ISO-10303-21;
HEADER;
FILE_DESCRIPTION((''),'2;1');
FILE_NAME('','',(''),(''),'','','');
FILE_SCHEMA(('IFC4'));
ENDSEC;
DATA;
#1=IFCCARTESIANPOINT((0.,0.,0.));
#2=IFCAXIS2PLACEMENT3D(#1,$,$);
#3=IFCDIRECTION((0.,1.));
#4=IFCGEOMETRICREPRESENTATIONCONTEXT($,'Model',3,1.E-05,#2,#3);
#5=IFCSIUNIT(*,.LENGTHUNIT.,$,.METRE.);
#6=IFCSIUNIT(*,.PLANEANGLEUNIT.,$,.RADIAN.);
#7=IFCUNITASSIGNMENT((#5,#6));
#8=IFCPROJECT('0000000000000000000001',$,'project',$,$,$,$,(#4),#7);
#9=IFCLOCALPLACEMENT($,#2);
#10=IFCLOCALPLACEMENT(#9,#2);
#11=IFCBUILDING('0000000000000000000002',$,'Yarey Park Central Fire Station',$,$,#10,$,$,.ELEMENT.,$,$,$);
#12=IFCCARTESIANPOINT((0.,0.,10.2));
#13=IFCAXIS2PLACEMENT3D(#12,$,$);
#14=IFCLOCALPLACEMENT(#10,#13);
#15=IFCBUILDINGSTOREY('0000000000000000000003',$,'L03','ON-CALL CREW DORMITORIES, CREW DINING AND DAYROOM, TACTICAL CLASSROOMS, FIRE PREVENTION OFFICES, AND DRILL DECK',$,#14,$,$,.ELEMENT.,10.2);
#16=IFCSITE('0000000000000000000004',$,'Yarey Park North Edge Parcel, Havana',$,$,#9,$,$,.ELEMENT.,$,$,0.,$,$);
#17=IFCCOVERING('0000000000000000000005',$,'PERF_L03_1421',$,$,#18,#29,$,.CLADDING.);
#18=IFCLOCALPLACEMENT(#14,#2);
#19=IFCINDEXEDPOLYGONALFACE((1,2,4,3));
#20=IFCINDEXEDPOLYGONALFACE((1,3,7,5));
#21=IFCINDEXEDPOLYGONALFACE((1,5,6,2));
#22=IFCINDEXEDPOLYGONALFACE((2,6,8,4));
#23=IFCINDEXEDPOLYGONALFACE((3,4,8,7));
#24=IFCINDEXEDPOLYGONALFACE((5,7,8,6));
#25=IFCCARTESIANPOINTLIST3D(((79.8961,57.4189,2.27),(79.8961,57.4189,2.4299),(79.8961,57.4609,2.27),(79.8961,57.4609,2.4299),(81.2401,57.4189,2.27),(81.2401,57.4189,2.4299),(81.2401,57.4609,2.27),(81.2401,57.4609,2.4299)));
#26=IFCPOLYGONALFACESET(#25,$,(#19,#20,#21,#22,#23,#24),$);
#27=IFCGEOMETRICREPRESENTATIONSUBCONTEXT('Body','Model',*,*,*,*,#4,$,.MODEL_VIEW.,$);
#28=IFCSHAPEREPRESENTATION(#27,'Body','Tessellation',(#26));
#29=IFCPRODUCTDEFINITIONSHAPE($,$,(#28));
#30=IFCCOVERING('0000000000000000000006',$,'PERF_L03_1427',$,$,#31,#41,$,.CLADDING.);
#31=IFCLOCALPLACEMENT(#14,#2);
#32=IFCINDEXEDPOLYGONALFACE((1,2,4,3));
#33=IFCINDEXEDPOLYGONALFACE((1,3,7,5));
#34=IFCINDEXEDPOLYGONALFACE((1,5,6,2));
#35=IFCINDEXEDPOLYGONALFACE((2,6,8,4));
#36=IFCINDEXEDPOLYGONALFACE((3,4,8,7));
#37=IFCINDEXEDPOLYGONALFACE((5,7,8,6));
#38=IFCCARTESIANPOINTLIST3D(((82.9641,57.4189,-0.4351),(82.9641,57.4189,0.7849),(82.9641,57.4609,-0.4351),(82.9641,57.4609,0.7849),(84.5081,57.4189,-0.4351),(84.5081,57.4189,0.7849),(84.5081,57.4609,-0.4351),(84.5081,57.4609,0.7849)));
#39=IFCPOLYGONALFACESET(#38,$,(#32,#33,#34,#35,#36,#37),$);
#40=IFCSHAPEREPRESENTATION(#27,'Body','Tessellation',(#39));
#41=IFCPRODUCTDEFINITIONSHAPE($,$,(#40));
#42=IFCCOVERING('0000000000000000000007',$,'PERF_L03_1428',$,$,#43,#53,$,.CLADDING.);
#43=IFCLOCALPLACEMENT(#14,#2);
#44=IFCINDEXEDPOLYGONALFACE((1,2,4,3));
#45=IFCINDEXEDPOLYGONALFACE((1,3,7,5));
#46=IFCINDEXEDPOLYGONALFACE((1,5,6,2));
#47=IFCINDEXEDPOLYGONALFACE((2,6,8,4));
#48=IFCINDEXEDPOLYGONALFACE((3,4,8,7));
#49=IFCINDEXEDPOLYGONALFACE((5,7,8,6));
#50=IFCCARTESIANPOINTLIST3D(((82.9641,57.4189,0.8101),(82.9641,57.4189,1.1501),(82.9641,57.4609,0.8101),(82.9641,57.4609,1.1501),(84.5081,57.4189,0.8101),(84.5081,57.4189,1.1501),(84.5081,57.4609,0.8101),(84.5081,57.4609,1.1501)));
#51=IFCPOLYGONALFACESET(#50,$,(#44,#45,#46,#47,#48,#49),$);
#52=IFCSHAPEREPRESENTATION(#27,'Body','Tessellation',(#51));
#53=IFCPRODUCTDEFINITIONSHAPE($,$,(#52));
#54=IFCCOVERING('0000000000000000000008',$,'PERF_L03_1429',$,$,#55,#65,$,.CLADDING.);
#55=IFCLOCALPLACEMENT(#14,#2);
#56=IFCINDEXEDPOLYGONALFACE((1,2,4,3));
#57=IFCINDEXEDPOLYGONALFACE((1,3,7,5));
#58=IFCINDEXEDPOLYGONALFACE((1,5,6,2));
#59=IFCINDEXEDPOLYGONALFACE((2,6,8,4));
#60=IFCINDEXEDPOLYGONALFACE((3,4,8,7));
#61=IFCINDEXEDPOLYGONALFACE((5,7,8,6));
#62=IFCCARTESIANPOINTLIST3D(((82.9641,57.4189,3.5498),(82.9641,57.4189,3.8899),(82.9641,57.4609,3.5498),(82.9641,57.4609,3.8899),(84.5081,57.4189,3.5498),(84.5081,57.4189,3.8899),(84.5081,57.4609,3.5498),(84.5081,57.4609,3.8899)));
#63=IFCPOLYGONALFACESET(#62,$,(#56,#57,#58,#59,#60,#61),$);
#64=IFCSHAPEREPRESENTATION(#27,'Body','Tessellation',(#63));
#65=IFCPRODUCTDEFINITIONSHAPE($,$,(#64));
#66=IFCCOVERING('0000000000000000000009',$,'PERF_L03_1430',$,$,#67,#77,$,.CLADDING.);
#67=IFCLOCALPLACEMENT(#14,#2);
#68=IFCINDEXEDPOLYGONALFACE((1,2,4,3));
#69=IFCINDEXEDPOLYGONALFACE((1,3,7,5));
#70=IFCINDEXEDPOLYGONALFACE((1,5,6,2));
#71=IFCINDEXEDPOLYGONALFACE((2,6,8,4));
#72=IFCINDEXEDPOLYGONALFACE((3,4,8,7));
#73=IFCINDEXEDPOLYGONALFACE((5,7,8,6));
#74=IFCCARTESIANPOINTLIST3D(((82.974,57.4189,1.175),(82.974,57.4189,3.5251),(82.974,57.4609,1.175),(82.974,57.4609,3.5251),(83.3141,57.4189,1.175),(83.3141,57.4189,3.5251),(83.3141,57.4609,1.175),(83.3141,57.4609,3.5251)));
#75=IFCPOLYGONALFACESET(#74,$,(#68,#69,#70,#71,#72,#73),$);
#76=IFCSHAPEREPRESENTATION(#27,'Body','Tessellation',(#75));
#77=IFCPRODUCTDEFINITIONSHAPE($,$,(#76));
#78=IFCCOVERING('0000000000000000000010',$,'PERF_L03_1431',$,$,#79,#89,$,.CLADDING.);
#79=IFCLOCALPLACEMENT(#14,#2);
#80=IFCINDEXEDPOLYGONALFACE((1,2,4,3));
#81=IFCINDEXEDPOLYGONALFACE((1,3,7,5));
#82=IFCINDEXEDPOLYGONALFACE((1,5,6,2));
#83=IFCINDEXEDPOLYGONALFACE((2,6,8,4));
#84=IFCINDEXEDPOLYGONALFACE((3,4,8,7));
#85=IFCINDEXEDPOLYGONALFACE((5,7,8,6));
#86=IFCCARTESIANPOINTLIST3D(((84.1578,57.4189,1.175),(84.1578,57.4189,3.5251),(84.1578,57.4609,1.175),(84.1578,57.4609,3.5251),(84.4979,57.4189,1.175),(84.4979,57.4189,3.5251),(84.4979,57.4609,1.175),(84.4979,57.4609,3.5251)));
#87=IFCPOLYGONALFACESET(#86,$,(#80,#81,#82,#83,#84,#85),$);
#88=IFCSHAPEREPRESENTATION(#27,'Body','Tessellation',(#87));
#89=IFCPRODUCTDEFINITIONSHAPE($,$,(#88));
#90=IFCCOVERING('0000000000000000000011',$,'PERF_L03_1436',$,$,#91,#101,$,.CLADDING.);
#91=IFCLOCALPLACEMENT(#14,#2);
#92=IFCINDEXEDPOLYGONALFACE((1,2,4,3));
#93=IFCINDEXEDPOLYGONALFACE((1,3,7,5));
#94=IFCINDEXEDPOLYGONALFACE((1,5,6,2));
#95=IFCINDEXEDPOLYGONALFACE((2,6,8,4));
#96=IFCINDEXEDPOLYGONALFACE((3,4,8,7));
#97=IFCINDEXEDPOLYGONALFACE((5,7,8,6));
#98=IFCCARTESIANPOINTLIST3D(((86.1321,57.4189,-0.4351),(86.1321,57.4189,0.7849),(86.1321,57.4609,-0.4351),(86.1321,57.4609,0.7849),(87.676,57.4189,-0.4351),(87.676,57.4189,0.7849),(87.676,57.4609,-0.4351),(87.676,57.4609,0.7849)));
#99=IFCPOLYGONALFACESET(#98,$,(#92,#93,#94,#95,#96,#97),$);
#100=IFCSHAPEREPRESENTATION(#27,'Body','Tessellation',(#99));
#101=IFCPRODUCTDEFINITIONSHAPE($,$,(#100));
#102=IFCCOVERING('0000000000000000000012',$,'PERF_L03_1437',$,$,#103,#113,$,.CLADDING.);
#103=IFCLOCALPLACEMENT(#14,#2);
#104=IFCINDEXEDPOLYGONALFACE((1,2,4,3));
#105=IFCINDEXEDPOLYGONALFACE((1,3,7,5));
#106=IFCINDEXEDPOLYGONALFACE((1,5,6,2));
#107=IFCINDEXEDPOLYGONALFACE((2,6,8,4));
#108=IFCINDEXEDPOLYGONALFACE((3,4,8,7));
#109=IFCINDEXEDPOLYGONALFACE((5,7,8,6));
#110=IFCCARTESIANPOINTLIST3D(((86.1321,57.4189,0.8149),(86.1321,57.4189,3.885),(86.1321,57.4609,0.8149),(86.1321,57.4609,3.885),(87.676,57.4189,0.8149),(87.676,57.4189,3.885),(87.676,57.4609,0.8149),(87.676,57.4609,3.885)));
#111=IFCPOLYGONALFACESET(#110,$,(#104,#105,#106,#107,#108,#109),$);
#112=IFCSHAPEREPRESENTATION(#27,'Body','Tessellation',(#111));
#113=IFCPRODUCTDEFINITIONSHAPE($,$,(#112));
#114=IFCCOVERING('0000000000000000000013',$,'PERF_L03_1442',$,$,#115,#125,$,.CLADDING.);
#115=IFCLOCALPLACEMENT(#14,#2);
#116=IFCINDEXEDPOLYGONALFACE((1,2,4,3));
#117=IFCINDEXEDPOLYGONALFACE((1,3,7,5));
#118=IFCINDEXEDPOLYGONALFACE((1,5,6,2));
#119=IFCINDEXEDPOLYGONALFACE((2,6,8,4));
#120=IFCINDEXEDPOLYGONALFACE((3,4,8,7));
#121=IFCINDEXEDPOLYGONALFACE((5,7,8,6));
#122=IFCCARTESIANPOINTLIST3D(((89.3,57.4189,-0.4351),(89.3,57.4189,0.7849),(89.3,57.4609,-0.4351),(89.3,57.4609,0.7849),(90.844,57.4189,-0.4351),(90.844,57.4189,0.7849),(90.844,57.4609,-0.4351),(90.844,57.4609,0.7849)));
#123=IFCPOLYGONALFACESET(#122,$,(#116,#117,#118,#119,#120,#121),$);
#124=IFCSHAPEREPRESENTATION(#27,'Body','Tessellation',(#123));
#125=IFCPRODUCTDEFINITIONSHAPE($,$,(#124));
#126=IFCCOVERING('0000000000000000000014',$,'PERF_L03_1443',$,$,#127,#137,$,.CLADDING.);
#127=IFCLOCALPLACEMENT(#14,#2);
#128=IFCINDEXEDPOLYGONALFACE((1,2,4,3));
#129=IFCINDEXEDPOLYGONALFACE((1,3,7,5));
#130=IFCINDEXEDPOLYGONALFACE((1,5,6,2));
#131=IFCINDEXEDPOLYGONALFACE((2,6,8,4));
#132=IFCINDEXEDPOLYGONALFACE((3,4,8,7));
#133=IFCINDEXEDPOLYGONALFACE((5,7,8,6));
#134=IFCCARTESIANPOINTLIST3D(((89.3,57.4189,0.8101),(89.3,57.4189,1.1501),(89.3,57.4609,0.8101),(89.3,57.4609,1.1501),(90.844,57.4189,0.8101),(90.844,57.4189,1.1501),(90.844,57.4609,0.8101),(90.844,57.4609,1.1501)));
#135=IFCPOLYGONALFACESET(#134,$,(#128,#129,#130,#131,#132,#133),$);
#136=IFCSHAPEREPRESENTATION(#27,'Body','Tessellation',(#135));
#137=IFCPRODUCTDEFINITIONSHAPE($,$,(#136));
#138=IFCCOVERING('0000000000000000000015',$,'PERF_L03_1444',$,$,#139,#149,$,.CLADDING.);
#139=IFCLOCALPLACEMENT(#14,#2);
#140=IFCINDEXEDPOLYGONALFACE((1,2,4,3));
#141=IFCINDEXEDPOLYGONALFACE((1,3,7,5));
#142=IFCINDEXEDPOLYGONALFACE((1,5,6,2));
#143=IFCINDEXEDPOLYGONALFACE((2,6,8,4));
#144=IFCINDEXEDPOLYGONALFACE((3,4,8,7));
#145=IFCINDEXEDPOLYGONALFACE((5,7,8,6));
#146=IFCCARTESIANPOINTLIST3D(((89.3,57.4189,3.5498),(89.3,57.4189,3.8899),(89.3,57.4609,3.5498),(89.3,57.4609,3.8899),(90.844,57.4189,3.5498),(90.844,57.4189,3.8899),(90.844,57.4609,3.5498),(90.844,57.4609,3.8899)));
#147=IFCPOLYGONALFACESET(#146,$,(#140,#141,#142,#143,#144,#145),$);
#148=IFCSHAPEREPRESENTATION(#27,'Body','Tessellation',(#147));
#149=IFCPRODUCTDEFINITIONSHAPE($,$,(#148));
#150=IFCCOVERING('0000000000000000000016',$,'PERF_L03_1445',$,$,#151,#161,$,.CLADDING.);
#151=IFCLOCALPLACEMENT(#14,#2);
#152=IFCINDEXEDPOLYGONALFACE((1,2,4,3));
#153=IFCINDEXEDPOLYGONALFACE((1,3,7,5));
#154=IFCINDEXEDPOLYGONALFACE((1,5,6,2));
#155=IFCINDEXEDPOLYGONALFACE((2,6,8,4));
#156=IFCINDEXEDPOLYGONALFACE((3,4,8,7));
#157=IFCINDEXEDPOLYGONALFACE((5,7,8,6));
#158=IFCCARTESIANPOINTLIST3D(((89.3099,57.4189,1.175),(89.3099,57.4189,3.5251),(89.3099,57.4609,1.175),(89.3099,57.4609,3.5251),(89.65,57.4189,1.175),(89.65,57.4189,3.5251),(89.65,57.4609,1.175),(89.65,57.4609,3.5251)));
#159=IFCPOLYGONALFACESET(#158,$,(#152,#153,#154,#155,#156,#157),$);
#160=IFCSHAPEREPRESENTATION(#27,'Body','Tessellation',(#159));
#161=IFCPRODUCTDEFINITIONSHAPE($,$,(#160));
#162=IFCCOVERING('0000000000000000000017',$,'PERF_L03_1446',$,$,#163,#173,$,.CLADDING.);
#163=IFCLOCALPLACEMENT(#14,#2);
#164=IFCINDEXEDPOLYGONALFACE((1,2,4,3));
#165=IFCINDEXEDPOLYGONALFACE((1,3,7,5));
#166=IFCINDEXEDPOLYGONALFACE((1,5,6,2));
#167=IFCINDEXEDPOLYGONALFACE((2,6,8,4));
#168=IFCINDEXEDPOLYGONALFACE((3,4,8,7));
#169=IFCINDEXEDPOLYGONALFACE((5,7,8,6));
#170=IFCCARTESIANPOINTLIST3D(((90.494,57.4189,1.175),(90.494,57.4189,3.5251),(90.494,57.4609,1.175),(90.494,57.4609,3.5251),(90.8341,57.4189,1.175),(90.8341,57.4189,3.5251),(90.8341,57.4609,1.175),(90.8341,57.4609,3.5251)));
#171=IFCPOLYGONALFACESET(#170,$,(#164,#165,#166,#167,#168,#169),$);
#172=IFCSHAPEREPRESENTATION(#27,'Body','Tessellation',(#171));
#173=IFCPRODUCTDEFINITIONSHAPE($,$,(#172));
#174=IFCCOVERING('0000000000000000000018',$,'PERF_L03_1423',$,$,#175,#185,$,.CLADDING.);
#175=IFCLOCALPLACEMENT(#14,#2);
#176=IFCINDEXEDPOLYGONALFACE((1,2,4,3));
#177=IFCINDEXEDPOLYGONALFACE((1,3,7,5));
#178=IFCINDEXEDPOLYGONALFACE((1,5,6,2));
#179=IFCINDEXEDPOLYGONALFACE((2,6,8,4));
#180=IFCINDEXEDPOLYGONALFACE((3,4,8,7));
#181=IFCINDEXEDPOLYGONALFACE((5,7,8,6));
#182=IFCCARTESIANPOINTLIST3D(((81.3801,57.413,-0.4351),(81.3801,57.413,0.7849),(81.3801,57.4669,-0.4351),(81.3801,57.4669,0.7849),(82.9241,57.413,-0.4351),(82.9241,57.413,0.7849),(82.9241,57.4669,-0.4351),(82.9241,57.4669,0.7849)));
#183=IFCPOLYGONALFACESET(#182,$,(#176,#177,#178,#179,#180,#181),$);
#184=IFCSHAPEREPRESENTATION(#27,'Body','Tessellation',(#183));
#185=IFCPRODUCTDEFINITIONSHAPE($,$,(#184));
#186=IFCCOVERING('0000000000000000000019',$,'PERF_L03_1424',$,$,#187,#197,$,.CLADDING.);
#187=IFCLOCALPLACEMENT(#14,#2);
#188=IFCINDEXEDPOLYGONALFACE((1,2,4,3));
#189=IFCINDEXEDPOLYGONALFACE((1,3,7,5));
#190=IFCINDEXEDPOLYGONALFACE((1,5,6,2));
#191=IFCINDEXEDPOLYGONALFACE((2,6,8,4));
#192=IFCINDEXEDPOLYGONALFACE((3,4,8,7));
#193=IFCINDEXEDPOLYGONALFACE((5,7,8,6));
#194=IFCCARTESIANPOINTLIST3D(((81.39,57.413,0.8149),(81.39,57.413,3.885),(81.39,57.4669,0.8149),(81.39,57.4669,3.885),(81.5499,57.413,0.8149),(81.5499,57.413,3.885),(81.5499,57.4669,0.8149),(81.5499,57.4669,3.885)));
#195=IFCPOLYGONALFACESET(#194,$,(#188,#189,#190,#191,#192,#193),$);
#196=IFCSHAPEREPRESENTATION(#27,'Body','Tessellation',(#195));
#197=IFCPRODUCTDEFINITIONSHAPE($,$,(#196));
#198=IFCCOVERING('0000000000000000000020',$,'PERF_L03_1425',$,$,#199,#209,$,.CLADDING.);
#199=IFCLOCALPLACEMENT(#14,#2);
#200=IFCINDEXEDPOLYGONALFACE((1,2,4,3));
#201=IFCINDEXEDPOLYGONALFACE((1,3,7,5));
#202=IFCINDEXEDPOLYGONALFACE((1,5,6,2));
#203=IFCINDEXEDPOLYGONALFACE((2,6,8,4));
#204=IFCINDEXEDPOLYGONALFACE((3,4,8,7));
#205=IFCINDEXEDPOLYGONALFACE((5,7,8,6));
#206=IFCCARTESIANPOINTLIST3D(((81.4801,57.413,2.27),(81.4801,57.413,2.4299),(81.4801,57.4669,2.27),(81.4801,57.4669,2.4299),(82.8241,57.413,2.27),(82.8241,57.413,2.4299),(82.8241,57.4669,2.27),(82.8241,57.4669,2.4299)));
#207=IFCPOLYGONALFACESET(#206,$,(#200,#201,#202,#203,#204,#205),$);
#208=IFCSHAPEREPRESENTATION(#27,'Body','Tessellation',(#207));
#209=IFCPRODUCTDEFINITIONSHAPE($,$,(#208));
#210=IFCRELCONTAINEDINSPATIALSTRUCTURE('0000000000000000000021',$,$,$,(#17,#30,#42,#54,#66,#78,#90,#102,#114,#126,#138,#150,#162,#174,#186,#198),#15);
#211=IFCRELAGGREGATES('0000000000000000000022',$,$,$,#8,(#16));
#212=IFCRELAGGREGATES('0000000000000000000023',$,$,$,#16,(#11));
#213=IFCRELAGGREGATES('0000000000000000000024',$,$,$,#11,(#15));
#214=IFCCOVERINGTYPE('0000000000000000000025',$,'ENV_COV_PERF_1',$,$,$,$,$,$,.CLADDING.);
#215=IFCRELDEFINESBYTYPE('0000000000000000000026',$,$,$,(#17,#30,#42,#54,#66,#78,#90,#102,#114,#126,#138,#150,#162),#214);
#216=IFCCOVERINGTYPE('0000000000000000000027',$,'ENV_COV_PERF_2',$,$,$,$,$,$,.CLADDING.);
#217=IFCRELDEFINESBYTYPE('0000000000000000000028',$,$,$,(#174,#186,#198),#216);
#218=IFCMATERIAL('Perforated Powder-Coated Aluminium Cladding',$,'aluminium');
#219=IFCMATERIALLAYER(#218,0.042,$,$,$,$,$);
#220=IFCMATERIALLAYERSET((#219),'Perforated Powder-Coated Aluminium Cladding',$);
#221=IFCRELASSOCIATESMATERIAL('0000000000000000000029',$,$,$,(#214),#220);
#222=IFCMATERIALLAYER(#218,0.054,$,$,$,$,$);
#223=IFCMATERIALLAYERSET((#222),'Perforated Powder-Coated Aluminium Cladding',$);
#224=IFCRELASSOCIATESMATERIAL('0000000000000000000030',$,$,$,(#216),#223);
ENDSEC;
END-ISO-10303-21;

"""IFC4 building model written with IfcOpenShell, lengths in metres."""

from ifc_helpers import new_model, si_unit, direction, frame, origin, origin_2d, place, context, subcontext, project, spatial, rectangle, extrude, material, layer, layer_set, type_object, element, save


model = new_model("IFC4")

# Units and contexts
model_context = context("Model", 3, precision=1e-05, world=origin(), true_north=direction((0.0, 1.0)))
body_context = subcontext(model_context, "Body", "Model", "MODEL_VIEW")
ifc_project = project(units=[si_unit("LENGTHUNIT", "METRE"), si_unit("PLANEANGLEUNIT", "RADIAN")], contexts=[model_context])

# Site, building, storey
site_placement = place(None, origin())
site = spatial("IfcSite", under=ifc_project, at=site_placement, Name="Yarey Park North Edge Parcel, Havana", CompositionType="ELEMENT", RefElevation=0.0)
building_placement = place(site_placement, origin())
building = spatial("IfcBuilding", under=site, at=building_placement, Name="Yarey Park Central Fire Station", CompositionType="ELEMENT")
storey_placement = place(building_placement, frame((0.0, 0.0, 10.2)))
storey = spatial("IfcBuildingStorey", under=building, at=storey_placement, Name="L03", Description="ON-CALL CREW DORMITORIES, CREW DINING AND DAYROOM, TACTICAL CLASSROOMS, FIRE PREVENTION OFFICES, AND DRILL DECK", CompositionType="ELEMENT", Elevation=10.2)

# Coverings
ifc_material_1 = material(Name="Perforated Powder-Coated Aluminium Cladding", Category="aluminium")
ifc_layer_1 = layer(ifc_material_1, 0.042)
ifc_layer_set_1 = layer_set([ifc_layer_1], Name="Perforated Powder-Coated Aluminium Cladding")
covering_type_1 = type_object("IfcCoveringType", Name="ENV_COV_PERF_1", PredefinedType="CLADDING", material=ifc_layer_set_1)
covering_1_placement = place(storey_placement, frame((80.5681, 57.4399, 2.27), z_axis=(0.0, 0.0, 1.0), x_axis=(1.0, 0.0, 0.0)))
element("IfcCovering", 1, at=covering_1_placement, inside=storey, type_object=covering_type_1, Name="PERF_L03_1421", PredefinedType="CLADDING", context=body_context, shape_type="SweptSolid", body=[
    extrude(rectangle(XDim=1.344, YDim=0.042, at=origin_2d()), origin(), (0.0, 0.0, 1.0), 0.1599),
])
covering_2_placement = place(storey_placement, frame((83.7361, 57.4399, -0.4351), z_axis=(0.0, 0.0, 1.0), x_axis=(1.0, 0.0, 0.0)))
element("IfcCovering", 2, at=covering_2_placement, inside=storey, type_object=covering_type_1, Name="PERF_L03_1427", PredefinedType="CLADDING", context=body_context, shape_type="SweptSolid", body=[
    extrude(rectangle(XDim=1.5439, YDim=0.042, at=origin_2d()), origin(), (0.0, 0.0, 1.0), 1.22),
])
for number, where, z_axis, x_axis, name in (
    (3, (83.7361, 57.4399, 0.8101), (0.0, 0.0, 1.0), (1.0, 0.0, 0.0), "PERF_L03_1428"),
    (4, (83.7361, 57.4399, 3.5498), (0.0, 0.0, 1.0), (1.0, 0.0, 0.0), "PERF_L03_1429"),
):
    element("IfcCovering", number, at=place(storey_placement, frame(where, z_axis=z_axis, x_axis=x_axis)), inside=storey, type_object=covering_type_1, Name=name, PredefinedType="CLADDING", context=body_context, shape_type="SweptSolid", body=[
        extrude(rectangle(XDim=1.5439, YDim=0.042, at=origin_2d()), origin(), (0.0, 0.0, 1.0), 0.3401),
    ])
for number, where, z_axis, x_axis, name in (
    (5, (83.144, 57.4399, 1.175), (0.0, 0.0, 1.0), (1.0, 0.0, 0.0), "PERF_L03_1430"),
    (6, (84.3279, 57.4399, 1.175), (0.0, 0.0, 1.0), (1.0, 0.0, 0.0), "PERF_L03_1431"),
):
    element("IfcCovering", number, at=place(storey_placement, frame(where, z_axis=z_axis, x_axis=x_axis)), inside=storey, type_object=covering_type_1, Name=name, PredefinedType="CLADDING", context=body_context, shape_type="SweptSolid", body=[
        extrude(rectangle(XDim=0.3401, YDim=0.042, at=origin_2d()), origin(), (0.0, 0.0, 1.0), 2.3501),
    ])
covering_3_placement = place(storey_placement, frame((86.9041, 57.4399, -0.4351), z_axis=(0.0, 0.0, 1.0), x_axis=(1.0, 0.0, 0.0)))
element("IfcCovering", 7, at=covering_3_placement, inside=storey, type_object=covering_type_1, Name="PERF_L03_1436", PredefinedType="CLADDING", context=body_context, shape_type="SweptSolid", body=[
    extrude(rectangle(XDim=1.5439, YDim=0.042, at=origin_2d()), origin(), (0.0, 0.0, 1.0), 1.22),
])
covering_4_placement = place(storey_placement, frame((86.9041, 57.4399, 0.8149), z_axis=(0.0, 0.0, 1.0), x_axis=(1.0, 0.0, 0.0)))
element("IfcCovering", 8, at=covering_4_placement, inside=storey, type_object=covering_type_1, Name="PERF_L03_1437", PredefinedType="CLADDING", context=body_context, shape_type="SweptSolid", body=[
    extrude(rectangle(XDim=1.5439, YDim=0.042, at=origin_2d()), origin(), (0.0, 0.0, 1.0), 3.0701),
])
covering_5_placement = place(storey_placement, frame((90.072, 57.4399, -0.4351), z_axis=(0.0, 0.0, 1.0), x_axis=(1.0, 0.0, 0.0)))
element("IfcCovering", 9, at=covering_5_placement, inside=storey, type_object=covering_type_1, Name="PERF_L03_1442", PredefinedType="CLADDING", context=body_context, shape_type="SweptSolid", body=[
    extrude(rectangle(XDim=1.5439, YDim=0.042, at=origin_2d()), origin(), (0.0, 0.0, 1.0), 1.22),
])
for number, where, z_axis, x_axis, name in (
    (10, (90.072, 57.4399, 0.8101), (0.0, 0.0, 1.0), (1.0, 0.0, 0.0), "PERF_L03_1443"),
    (11, (90.072, 57.4399, 3.5498), (0.0, 0.0, 1.0), (1.0, 0.0, 0.0), "PERF_L03_1444"),
):
    element("IfcCovering", number, at=place(storey_placement, frame(where, z_axis=z_axis, x_axis=x_axis)), inside=storey, type_object=covering_type_1, Name=name, PredefinedType="CLADDING", context=body_context, shape_type="SweptSolid", body=[
        extrude(rectangle(XDim=1.5439, YDim=0.042, at=origin_2d()), origin(), (0.0, 0.0, 1.0), 0.3401),
    ])
for number, where, z_axis, x_axis, name in (
    (12, (89.48, 57.4399, 1.175), (0.0, 0.0, 1.0), (1.0, 0.0, 0.0), "PERF_L03_1445"),
    (13, (90.6641, 57.4399, 1.175), (0.0, 0.0, 1.0), (1.0, 0.0, 0.0), "PERF_L03_1446"),
):
    element("IfcCovering", number, at=place(storey_placement, frame(where, z_axis=z_axis, x_axis=x_axis)), inside=storey, type_object=covering_type_1, Name=name, PredefinedType="CLADDING", context=body_context, shape_type="SweptSolid", body=[
        extrude(rectangle(XDim=0.3401, YDim=0.042, at=origin_2d()), origin(), (0.0, 0.0, 1.0), 2.3501),
    ])
ifc_layer_2 = layer(ifc_material_1, 0.054)
ifc_layer_set_2 = layer_set([ifc_layer_2], Name="Perforated Powder-Coated Aluminium Cladding")
covering_type_2 = type_object("IfcCoveringType", Name="ENV_COV_PERF_2", PredefinedType="CLADDING", material=ifc_layer_set_2)
covering_6_placement = place(storey_placement, frame((82.1521, 57.4399, -0.4351), z_axis=(0.0, 0.0, 1.0), x_axis=(1.0, 0.0, 0.0)))
element("IfcCovering", 14, at=covering_6_placement, inside=storey, type_object=covering_type_2, Name="PERF_L03_1423", PredefinedType="CLADDING", context=body_context, shape_type="SweptSolid", body=[
    extrude(rectangle(XDim=1.5439, YDim=0.054, at=origin_2d()), origin(), (0.0, 0.0, 1.0), 1.22),
])
covering_7_placement = place(storey_placement, frame((81.47, 57.4399, 0.8149), z_axis=(0.0, 0.0, 1.0), x_axis=(1.0, 0.0, 0.0)))
element("IfcCovering", 15, at=covering_7_placement, inside=storey, type_object=covering_type_2, Name="PERF_L03_1424", PredefinedType="CLADDING", context=body_context, shape_type="SweptSolid", body=[
    extrude(rectangle(XDim=0.1599, YDim=0.054, at=origin_2d()), origin(), (0.0, 0.0, 1.0), 3.0701),
])
covering_8_placement = place(storey_placement, frame((82.1521, 57.4399, 2.27), z_axis=(0.0, 0.0, 1.0), x_axis=(1.0, 0.0, 0.0)))
element("IfcCovering", 16, at=covering_8_placement, inside=storey, type_object=covering_type_2, Name="PERF_L03_1425", PredefinedType="CLADDING", context=body_context, shape_type="SweptSolid", body=[
    extrude(rectangle(XDim=1.344, YDim=0.054, at=origin_2d()), origin(), (0.0, 0.0, 1.0), 0.1599),
])

save(model, "model.ifc")
